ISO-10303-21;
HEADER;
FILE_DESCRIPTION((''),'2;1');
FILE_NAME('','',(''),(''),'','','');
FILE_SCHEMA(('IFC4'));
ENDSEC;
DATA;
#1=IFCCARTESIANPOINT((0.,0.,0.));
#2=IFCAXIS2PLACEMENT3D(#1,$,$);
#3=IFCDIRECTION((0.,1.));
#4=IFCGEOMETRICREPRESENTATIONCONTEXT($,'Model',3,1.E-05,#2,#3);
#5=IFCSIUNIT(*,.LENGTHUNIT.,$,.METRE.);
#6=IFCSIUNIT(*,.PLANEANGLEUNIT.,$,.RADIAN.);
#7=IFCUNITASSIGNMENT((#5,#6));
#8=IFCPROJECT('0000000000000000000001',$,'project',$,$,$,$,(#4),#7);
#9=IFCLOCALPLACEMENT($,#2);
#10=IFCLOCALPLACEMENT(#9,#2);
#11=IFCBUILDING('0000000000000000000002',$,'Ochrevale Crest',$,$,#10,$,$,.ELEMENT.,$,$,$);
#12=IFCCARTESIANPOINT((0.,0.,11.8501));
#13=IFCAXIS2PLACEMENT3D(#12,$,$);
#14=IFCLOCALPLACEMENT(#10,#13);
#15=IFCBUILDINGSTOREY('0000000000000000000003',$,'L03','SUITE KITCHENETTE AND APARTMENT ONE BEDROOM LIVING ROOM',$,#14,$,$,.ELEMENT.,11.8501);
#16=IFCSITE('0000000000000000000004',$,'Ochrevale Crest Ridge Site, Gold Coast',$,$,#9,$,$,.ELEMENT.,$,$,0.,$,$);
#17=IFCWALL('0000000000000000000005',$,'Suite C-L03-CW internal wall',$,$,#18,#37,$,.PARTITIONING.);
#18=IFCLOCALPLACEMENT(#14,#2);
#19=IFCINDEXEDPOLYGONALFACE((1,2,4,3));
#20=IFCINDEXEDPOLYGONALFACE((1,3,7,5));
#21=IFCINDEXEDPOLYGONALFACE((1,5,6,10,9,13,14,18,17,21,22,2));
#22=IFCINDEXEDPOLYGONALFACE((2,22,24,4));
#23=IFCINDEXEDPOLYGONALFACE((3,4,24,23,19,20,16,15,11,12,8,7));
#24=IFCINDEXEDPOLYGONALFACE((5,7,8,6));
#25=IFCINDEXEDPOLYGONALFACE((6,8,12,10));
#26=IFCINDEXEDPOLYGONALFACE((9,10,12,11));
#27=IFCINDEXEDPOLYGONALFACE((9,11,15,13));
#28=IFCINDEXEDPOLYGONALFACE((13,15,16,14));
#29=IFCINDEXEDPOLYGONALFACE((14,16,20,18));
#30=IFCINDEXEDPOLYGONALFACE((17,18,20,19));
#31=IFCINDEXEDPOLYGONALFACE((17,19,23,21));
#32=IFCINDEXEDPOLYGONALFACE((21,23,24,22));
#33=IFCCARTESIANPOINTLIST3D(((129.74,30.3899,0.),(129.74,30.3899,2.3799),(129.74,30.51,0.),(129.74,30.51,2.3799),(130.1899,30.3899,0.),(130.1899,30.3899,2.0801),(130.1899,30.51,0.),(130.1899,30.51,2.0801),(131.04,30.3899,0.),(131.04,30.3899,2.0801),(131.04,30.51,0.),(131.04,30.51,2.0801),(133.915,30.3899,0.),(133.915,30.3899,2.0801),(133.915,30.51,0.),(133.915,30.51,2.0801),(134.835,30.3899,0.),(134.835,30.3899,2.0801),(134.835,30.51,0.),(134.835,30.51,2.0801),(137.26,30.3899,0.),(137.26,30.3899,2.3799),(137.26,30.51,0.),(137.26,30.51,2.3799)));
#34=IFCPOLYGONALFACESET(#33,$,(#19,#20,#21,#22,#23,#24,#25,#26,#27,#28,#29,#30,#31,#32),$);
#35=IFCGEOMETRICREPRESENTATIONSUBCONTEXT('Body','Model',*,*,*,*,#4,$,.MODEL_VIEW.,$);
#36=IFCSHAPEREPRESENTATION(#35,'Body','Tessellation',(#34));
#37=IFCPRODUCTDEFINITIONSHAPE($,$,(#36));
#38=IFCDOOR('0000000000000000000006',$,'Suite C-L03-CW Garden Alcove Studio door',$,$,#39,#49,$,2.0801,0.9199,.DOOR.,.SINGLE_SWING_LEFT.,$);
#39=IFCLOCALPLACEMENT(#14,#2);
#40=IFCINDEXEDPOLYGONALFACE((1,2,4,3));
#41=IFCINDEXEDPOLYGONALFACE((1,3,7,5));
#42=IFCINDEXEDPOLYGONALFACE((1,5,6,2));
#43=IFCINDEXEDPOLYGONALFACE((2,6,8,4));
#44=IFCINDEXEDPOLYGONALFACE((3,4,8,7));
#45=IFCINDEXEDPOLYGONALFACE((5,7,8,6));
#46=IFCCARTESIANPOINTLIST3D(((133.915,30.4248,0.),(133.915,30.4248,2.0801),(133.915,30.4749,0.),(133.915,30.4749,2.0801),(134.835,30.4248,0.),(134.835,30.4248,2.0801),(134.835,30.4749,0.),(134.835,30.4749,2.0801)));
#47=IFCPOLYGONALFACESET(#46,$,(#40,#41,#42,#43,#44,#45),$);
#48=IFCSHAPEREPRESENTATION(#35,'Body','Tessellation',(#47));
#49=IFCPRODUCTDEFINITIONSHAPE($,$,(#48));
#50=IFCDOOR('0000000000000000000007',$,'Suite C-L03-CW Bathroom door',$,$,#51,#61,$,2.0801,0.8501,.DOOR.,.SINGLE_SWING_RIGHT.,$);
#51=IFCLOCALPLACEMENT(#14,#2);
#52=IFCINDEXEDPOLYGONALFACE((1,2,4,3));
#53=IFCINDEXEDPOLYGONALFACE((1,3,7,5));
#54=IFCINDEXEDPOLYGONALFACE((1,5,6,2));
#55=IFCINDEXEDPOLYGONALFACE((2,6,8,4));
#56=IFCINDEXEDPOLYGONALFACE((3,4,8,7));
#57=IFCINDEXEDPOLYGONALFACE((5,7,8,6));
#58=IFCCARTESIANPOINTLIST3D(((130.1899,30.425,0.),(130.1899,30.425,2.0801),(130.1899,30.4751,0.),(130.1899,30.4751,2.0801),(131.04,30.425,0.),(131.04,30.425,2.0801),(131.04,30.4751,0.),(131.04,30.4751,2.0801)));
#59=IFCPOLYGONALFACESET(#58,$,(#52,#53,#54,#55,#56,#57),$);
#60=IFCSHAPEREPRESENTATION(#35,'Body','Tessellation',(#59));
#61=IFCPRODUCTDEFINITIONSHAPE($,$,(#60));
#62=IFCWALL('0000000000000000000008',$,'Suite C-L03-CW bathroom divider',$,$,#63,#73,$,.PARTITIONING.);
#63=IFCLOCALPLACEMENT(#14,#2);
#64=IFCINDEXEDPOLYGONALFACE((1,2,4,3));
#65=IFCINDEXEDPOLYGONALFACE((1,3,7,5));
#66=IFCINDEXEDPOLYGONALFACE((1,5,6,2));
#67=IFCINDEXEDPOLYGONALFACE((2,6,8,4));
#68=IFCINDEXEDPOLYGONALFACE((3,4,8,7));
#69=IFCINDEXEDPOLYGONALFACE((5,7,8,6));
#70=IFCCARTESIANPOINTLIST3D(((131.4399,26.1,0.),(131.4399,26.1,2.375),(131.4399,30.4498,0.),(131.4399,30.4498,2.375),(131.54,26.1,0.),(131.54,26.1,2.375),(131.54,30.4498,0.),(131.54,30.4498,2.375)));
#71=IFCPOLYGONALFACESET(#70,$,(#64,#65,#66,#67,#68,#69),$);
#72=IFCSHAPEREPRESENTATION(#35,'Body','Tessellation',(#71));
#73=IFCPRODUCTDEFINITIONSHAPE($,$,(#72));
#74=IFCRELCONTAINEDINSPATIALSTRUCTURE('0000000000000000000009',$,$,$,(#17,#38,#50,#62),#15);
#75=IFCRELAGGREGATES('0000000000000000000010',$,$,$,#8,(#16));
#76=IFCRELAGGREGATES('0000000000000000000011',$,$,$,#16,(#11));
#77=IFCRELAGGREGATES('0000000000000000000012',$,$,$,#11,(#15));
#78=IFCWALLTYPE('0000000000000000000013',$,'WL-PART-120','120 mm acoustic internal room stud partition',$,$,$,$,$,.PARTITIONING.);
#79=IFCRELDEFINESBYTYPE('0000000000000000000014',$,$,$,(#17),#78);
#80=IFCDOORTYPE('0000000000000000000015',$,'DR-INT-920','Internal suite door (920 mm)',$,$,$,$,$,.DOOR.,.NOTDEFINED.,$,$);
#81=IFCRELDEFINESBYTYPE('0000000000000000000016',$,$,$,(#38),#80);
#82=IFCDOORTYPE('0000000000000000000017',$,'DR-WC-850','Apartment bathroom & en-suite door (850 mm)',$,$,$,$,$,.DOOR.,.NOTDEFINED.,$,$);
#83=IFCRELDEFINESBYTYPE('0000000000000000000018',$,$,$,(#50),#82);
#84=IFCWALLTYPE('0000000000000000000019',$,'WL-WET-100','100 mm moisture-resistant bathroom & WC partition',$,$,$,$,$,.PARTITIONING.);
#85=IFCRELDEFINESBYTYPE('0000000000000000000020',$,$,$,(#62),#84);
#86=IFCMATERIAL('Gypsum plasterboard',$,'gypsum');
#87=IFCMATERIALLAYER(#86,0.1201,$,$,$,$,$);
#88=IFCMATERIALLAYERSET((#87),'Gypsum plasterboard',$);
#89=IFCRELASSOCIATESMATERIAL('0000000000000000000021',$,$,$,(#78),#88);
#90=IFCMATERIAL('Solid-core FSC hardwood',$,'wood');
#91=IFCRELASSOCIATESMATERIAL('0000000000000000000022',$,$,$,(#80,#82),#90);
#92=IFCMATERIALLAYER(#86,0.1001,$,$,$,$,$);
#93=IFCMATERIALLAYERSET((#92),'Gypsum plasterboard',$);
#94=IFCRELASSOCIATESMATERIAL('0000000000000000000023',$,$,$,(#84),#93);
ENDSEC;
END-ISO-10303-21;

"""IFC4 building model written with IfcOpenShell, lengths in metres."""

from ifc_helpers import new_model, si_unit, direction, frame, frame_2d, origin, place, context, subcontext, project, spatial, rectangle, extrude, material, layer, layer_set, type_object, element, fill, save


model = new_model("IFC4")

# Units and contexts
model_context = context("Model", 3, precision=1e-05, world=origin(), true_north=direction((0.0, 1.0)))
body_context = subcontext(model_context, "Body", "Model", "MODEL_VIEW")
ifc_project = project(units=[si_unit("LENGTHUNIT", "METRE"), si_unit("PLANEANGLEUNIT", "RADIAN")], contexts=[model_context])

# Site, building, storey
site_placement = place(None, origin())
site = spatial("IfcSite", under=ifc_project, at=site_placement, Name="Ochrevale Crest Ridge Site, Gold Coast", CompositionType="ELEMENT", RefElevation=0.0)
building_placement = place(site_placement, origin())
building = spatial("IfcBuilding", under=site, at=building_placement, Name="Ochrevale Crest", CompositionType="ELEMENT")
storey_placement = place(building_placement, frame((0.0, 0.0, 11.8501)))
storey = spatial("IfcBuildingStorey", under=building, at=storey_placement, Name="L03", Description="SUITE KITCHENETTE AND APARTMENT ONE BEDROOM LIVING ROOM", CompositionType="ELEMENT", Elevation=11.8501)

# Shared definitions
ifc_material_1 = material(Name="Gypsum plasterboard", Category="gypsum")
ifc_material_2 = material(Name="Solid-core FSC hardwood", Category="wood")

# Wall, openings, doors
ifc_layer_1 = layer(ifc_material_1, 0.1201)
ifc_layer_set_1 = layer_set([ifc_layer_1], Name="Gypsum plasterboard")
wall_type_1 = type_object("IfcWallType", Name="WL-PART-120", Description="120 mm acoustic internal room stud partition", PredefinedType="PARTITIONING", material=ifc_layer_set_1)
wall_1_placement = place(storey_placement, frame((129.74, 30.45, 0.0), z_axis=(0.0, 0.0, 1.0), x_axis=(1.0, 0.0, 0.0)))
wall_1 = element("IfcWall", 1, at=wall_1_placement, inside=storey, type_object=wall_type_1, Name="Suite C-L03-CW internal wall", PredefinedType="PARTITIONING", context=body_context, shape_type="SweptSolid", body=[
    extrude(rectangle(XDim=7.52, YDim=0.1201, at=frame_2d((3.76, 0.0))), origin(), (0.0, 0.0, 1.0), 2.3799),
])
opening_1_placement = place(wall_1_placement, frame((1.3, 0.0, 0.0), z_axis=(0.0, 0.0, 1.0), x_axis=(-1.0, 0.0, 0.0)))
opening_1 = element("IfcOpeningElement", 2, at=opening_1_placement, cuts=wall_1, PredefinedType="OPENING", context=body_context, shape_type="SweptSolid", body=[
    extrude(rectangle(XDim=0.8501, YDim=2.0801, at=frame_2d((0.425, 1.04))), frame((0.0, 0.0701, 0.0), z_axis=(0.0, -1.0, 0.0), x_axis=(1.0, 0.0, 0.0)), (0.0, 0.0, 1.0), 0.1401),
])
opening_2_placement = place(wall_1_placement, frame((4.175, 0.0, 0.0)))
opening_2 = element("IfcOpeningElement", 3, at=opening_2_placement, cuts=wall_1, PredefinedType="OPENING", context=body_context, shape_type="SweptSolid", body=[
    extrude(rectangle(XDim=0.9199, YDim=2.0801, at=frame_2d((0.46, 1.04))), frame((0.0, 0.0701, 0.0), z_axis=(0.0, -1.0, 0.0), x_axis=(1.0, 0.0, 0.0)), (0.0, 0.0, 1.0), 0.1401),
])
door_type_1 = type_object("IfcDoorType", Name="DR-INT-920", Description="Internal suite door (920 mm)", OperationType="NOTDEFINED", PredefinedType="DOOR", material=ifc_material_2)
door_1_placement = place(opening_2_placement, origin())
door_1 = element("IfcDoor", 4, at=door_1_placement, inside=storey, type_object=door_type_1, Name="Suite C-L03-CW Garden Alcove Studio door", OperationType="SINGLE_SWING_LEFT", OverallHeight=2.0801, OverallWidth=0.9199, PredefinedType="DOOR", context=body_context, shape_type="SweptSolid", body=[
    extrude(rectangle(XDim=0.9199, YDim=2.0801, at=frame_2d((0.46, 1.04))), frame((0.0, 0.0249, 0.0), z_axis=(0.0, -1.0, 0.0), x_axis=(1.0, 0.0, 0.0)), (0.0, 0.0, 1.0), 0.05),
])
fill(opening_2, door_1)
door_type_2 = type_object("IfcDoorType", Name="DR-WC-850", Description="Apartment bathroom & en-suite door (850 mm)", OperationType="NOTDEFINED", PredefinedType="DOOR", material=ifc_material_2)
door_2_placement = place(opening_1_placement, origin())
door_2 = element("IfcDoor", 5, at=door_2_placement, inside=storey, type_object=door_type_2, Name="Suite C-L03-CW Bathroom door", OperationType="SINGLE_SWING_RIGHT", OverallHeight=2.0801, OverallWidth=0.8501, PredefinedType="DOOR", context=body_context, shape_type="SweptSolid", body=[
    extrude(rectangle(XDim=0.8501, YDim=2.0801, at=frame_2d((0.425, 1.04))), frame((0.0, 0.0249, 0.0), z_axis=(0.0, -1.0, 0.0), x_axis=(1.0, 0.0, 0.0)), (0.0, 0.0, 1.0), 0.05),
])
fill(opening_1, door_2)

# Wall
ifc_layer_2 = layer(ifc_material_1, 0.1001)
ifc_layer_set_2 = layer_set([ifc_layer_2], Name="Gypsum plasterboard")
wall_type_2 = type_object("IfcWallType", Name="WL-WET-100", Description="100 mm moisture-resistant bathroom & WC partition", PredefinedType="PARTITIONING", material=ifc_layer_set_2)
wall_2_placement = place(storey_placement, frame((131.49, 26.1001, 0.0), z_axis=(0.0, 0.0, 1.0), x_axis=(0.0, 1.0, 0.0)))
element("IfcWall", 6, at=wall_2_placement, inside=storey, type_object=wall_type_2, Name="Suite C-L03-CW bathroom divider", PredefinedType="PARTITIONING", context=body_context, shape_type="SweptSolid", body=[
    extrude(rectangle(XDim=4.3499, YDim=0.1001, at=frame_2d((2.1748, 0.0))), origin(), (0.0, 0.0, 1.0), 2.375),
])

save(model, "model.ifc")
